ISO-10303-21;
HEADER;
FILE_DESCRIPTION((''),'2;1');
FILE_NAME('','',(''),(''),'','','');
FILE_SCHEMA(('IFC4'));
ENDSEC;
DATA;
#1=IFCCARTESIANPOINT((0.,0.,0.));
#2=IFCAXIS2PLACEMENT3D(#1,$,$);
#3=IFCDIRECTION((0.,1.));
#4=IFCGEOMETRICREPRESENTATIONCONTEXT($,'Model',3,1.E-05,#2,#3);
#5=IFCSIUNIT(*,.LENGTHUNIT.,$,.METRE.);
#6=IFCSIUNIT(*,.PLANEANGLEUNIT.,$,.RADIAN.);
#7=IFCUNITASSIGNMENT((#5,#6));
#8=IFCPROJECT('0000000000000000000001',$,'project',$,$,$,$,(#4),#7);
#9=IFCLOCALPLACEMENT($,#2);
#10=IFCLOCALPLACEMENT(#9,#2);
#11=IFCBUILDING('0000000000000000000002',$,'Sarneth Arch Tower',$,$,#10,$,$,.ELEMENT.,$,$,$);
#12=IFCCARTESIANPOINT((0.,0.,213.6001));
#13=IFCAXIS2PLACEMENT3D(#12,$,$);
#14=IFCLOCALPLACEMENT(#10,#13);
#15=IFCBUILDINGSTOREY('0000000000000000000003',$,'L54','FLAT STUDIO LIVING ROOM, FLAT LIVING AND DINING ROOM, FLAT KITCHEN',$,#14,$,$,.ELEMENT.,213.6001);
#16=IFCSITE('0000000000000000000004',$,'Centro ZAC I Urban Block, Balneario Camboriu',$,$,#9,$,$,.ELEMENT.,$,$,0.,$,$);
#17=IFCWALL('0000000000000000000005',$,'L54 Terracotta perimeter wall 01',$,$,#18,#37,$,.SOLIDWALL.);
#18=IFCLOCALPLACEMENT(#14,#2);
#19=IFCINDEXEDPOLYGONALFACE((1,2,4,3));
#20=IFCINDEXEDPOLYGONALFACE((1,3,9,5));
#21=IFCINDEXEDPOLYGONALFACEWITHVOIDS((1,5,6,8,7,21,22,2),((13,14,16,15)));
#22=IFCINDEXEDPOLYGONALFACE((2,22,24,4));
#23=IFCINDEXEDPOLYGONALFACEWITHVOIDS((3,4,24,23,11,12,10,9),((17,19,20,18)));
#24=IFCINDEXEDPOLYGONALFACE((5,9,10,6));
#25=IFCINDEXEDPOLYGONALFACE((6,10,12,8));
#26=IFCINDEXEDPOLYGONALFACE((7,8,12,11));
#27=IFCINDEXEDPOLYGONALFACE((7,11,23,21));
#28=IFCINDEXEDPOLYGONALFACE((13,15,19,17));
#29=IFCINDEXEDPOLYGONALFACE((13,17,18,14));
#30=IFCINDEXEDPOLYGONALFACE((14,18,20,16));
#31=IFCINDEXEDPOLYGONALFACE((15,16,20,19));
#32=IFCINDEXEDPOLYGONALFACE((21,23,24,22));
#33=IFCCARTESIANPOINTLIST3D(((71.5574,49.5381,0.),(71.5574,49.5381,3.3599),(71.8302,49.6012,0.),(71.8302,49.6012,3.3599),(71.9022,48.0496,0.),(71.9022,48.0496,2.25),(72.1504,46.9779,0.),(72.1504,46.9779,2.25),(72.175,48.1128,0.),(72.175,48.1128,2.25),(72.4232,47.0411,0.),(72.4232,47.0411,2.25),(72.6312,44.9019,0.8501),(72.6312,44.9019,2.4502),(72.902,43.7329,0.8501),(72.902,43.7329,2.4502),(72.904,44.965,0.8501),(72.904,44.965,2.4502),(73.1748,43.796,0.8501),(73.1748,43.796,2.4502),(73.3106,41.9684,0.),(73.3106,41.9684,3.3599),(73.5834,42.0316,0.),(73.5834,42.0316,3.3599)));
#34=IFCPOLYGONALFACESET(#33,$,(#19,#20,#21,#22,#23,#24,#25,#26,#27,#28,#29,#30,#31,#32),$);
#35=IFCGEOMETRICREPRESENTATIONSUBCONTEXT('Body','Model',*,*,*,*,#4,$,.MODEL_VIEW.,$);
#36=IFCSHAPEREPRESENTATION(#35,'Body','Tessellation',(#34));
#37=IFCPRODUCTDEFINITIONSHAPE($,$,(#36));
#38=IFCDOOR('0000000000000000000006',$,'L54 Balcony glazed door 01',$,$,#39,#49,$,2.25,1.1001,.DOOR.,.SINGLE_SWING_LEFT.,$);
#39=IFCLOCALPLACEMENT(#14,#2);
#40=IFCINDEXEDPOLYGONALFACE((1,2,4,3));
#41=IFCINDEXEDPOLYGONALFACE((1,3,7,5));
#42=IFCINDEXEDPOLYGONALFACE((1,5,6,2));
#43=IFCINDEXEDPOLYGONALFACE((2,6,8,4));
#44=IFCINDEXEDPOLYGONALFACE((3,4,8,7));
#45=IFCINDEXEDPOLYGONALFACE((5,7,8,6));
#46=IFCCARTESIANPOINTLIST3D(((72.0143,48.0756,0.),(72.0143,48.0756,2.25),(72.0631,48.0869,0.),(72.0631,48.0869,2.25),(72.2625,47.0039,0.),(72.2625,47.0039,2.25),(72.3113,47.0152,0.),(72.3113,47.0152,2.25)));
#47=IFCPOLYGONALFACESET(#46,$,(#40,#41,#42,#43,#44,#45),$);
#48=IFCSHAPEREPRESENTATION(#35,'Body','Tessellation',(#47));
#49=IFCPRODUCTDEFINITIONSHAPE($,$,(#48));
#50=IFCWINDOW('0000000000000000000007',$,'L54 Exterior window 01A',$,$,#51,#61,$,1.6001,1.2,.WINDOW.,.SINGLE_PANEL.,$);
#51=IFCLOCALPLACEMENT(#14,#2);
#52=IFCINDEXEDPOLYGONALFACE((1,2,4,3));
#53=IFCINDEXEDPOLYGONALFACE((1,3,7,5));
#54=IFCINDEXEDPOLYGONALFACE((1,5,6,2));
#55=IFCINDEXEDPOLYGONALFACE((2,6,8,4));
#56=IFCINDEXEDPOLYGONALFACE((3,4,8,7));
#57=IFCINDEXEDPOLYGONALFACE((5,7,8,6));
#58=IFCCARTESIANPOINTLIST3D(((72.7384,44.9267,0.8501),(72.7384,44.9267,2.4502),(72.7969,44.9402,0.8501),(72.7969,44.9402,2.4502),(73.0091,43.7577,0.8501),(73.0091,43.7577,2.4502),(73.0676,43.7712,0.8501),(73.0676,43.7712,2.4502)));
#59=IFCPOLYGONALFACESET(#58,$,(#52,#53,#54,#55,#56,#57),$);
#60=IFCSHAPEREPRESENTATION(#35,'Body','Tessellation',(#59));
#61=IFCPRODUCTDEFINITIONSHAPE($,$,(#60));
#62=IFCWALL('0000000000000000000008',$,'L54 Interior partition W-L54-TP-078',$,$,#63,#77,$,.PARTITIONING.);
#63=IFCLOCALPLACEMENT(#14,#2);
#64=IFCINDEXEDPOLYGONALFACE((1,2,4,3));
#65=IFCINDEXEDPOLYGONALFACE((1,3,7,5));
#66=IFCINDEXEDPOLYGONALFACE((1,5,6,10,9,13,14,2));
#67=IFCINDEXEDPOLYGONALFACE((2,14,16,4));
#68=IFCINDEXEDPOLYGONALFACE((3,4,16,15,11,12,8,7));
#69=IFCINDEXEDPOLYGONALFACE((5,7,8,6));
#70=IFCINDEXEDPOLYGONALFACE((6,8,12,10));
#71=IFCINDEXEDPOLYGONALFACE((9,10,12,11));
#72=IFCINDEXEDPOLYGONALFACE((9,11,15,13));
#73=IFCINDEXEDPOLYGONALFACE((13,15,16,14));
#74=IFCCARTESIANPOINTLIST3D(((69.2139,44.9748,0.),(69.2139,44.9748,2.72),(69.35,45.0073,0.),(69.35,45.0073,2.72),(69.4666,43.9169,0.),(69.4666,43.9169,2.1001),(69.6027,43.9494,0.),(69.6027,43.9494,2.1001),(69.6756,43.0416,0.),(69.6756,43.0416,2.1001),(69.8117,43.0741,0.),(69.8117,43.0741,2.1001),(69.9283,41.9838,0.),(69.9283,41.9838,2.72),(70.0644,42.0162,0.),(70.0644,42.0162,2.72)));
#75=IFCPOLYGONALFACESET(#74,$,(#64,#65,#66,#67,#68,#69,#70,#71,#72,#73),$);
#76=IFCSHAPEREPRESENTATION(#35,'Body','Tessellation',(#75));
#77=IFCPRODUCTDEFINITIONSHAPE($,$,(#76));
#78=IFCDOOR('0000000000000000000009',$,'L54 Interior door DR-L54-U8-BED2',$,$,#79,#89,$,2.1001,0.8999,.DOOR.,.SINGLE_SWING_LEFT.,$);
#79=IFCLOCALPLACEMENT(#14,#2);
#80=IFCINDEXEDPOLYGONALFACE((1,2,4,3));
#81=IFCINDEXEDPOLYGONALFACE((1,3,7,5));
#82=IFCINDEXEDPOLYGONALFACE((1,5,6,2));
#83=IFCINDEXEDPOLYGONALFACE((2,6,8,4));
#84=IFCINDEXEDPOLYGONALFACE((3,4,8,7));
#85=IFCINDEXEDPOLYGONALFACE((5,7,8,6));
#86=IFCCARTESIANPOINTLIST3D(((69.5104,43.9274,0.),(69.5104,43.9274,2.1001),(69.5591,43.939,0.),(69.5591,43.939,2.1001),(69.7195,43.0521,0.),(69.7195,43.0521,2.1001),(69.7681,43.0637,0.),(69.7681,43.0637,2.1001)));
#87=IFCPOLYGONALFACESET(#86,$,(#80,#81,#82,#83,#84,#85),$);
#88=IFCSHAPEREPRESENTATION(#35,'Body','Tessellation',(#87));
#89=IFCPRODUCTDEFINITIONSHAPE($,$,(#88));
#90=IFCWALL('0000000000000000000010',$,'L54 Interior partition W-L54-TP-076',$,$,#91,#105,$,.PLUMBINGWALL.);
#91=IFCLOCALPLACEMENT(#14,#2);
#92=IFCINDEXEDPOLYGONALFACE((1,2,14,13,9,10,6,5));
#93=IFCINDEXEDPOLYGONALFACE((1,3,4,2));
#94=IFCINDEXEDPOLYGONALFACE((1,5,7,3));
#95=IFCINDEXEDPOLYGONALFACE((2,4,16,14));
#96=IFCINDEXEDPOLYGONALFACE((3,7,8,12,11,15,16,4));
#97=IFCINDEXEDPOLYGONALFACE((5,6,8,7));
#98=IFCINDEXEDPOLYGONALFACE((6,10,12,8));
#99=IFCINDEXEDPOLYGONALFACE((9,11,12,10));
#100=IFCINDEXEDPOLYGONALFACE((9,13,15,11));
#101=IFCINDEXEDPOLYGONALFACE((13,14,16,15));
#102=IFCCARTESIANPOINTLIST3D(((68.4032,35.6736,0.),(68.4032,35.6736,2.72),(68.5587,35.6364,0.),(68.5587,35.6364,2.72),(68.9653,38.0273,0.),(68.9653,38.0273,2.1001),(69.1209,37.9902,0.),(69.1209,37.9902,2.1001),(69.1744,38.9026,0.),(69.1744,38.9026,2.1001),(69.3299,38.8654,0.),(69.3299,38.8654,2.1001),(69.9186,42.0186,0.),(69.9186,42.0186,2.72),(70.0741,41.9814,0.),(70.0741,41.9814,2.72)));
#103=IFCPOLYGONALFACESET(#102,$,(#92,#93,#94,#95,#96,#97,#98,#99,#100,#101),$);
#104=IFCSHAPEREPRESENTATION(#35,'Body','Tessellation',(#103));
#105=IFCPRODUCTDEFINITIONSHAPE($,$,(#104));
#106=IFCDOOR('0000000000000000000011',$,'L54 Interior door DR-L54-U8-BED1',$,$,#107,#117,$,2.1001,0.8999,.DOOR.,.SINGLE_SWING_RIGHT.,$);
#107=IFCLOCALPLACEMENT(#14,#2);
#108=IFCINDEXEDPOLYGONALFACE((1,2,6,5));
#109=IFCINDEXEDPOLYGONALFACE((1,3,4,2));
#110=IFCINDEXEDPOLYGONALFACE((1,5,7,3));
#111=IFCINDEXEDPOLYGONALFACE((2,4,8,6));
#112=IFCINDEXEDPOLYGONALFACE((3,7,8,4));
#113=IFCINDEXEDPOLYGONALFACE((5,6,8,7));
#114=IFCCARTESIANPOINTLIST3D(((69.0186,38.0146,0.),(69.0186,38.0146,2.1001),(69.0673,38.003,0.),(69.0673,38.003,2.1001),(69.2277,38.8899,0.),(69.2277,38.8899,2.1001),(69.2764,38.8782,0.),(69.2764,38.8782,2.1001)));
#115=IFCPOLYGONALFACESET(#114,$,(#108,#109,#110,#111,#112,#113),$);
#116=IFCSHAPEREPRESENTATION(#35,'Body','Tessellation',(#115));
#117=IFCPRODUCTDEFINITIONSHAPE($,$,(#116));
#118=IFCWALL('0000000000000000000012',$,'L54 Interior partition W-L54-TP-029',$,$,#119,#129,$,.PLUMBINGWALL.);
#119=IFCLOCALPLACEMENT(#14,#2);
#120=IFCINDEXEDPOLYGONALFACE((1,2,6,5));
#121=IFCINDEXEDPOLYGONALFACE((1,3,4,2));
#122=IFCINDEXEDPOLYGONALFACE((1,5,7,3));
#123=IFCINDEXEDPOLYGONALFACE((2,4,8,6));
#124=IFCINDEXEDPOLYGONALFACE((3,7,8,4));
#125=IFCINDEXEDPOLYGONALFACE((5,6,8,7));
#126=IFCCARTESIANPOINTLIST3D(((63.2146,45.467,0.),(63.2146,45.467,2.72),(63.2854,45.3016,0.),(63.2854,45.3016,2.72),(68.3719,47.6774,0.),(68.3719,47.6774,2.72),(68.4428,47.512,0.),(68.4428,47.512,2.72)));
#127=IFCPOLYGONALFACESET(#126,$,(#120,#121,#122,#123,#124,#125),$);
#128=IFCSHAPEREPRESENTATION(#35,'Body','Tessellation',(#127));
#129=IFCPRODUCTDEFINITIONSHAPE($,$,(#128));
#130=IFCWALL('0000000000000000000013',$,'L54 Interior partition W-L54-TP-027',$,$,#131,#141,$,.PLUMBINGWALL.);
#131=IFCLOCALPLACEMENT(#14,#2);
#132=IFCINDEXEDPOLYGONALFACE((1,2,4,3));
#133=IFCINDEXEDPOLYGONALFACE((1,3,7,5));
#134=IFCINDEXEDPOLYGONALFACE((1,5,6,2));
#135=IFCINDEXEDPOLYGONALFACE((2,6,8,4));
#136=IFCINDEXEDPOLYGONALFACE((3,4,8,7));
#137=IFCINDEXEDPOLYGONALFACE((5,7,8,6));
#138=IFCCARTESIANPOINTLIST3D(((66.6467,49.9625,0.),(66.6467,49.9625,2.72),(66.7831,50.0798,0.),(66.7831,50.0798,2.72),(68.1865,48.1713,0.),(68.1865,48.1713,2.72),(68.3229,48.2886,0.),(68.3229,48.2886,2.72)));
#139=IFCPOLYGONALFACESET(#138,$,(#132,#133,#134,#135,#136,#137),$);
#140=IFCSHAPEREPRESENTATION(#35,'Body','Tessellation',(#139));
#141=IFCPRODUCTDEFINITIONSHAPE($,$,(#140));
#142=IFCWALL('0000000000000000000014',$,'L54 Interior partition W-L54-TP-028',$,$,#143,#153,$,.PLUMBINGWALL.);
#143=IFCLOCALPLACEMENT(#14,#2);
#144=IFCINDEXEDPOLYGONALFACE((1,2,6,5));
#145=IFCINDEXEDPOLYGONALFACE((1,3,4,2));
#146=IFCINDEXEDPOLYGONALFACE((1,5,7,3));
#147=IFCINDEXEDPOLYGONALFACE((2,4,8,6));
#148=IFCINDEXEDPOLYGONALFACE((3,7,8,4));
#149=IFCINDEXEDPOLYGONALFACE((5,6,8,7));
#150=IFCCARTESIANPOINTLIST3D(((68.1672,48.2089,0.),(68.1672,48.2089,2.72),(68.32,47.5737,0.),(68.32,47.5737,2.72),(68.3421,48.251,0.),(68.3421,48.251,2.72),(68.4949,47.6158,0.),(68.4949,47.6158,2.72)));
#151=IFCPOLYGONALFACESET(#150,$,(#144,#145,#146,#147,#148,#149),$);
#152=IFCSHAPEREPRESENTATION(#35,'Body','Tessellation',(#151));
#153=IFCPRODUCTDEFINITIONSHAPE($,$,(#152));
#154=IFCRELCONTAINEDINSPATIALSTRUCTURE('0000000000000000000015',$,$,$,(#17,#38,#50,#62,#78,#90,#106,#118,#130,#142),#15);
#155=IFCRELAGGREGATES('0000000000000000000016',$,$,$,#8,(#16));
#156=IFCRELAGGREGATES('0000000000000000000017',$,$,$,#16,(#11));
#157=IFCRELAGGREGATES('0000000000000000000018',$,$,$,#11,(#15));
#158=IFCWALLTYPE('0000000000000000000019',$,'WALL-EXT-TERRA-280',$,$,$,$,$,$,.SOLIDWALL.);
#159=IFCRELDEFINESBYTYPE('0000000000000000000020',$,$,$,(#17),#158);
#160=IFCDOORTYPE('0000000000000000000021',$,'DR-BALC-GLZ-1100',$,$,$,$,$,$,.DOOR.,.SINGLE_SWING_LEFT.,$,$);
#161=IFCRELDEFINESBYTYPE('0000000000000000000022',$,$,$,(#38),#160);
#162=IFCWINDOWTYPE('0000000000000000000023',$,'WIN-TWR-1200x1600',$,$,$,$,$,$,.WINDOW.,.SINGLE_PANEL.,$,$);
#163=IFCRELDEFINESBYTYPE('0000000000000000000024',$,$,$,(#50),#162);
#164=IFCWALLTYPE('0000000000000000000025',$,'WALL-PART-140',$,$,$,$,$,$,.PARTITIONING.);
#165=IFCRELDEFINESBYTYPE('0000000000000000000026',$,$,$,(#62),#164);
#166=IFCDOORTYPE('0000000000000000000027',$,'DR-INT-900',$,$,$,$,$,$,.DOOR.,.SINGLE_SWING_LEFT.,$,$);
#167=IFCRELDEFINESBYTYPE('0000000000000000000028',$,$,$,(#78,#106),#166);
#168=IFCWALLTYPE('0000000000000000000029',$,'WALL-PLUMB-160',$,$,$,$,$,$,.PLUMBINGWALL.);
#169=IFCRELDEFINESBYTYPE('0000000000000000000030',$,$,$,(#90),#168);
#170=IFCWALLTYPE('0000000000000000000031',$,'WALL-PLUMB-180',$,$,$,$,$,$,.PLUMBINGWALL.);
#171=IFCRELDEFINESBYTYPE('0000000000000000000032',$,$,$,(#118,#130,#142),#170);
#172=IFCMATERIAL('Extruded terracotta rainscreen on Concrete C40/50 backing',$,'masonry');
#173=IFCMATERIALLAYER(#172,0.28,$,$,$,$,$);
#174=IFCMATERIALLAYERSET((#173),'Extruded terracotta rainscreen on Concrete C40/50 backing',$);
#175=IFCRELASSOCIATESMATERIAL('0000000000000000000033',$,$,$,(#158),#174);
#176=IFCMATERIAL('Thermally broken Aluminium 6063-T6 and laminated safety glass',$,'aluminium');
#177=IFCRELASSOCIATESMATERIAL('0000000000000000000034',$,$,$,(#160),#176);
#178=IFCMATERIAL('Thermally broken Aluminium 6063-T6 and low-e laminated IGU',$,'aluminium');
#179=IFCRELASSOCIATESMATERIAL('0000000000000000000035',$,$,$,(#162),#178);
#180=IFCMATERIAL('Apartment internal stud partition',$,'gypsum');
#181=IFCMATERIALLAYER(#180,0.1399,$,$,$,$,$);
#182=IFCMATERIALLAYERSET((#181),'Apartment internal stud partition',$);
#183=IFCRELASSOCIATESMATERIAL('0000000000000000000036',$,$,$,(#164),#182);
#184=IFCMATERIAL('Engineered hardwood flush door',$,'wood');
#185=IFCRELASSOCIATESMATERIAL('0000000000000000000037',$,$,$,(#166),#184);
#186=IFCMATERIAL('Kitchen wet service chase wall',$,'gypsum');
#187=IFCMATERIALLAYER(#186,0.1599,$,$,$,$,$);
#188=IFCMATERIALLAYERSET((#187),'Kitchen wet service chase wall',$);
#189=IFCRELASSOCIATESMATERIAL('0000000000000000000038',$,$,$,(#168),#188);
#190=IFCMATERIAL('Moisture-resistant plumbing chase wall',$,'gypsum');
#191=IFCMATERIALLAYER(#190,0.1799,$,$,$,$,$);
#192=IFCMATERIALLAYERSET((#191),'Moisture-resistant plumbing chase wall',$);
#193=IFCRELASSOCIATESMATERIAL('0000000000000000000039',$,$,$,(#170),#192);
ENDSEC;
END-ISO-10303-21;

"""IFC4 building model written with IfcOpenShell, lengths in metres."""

from ifc_helpers import new_model, si_unit, direction, frame, frame_2d, origin, place, context, subcontext, project, spatial, rectangle, extrude, material, layer, layer_set, type_object, element, fill, save


model = new_model("IFC4")

# Units and contexts
model_context = context("Model", 3, precision=1e-05, world=origin(), true_north=direction((0.0, 1.0)))
body_context = subcontext(model_context, "Body", "Model", "MODEL_VIEW")
ifc_project = project(units=[si_unit("LENGTHUNIT", "METRE"), si_unit("PLANEANGLEUNIT", "RADIAN")], contexts=[model_context])

# Site, building, storey
site_placement = place(None, origin())
site = spatial("IfcSite", under=ifc_project, at=site_placement, Name="Centro ZAC I Urban Block, Balneario Camboriu", CompositionType="ELEMENT", RefElevation=0.0)
building_placement = place(site_placement, origin())
building = spatial("IfcBuilding", under=site, at=building_placement, Name="Sarneth Arch Tower", CompositionType="ELEMENT")
storey_placement = place(building_placement, frame((0.0, 0.0, 213.6001)))
storey = spatial("IfcBuildingStorey", under=building, at=storey_placement, Name="L54", Description="FLAT STUDIO LIVING ROOM, FLAT LIVING AND DINING ROOM, FLAT KITCHEN", CompositionType="ELEMENT", Elevation=213.6001)

# Wall, openings, door, window
ifc_material_1 = material(Name="Extruded terracotta rainscreen on Concrete C40/50 backing", Category="masonry")
ifc_layer_1 = layer(ifc_material_1, 0.28)
ifc_layer_set_1 = layer_set([ifc_layer_1], Name="Extruded terracotta rainscreen on Concrete C40/50 backing")
wall_type_1 = type_object("IfcWallType", Name="WALL-EXT-TERRA-280", PredefinedType="SOLIDWALL", material=ifc_layer_set_1)
wall_1_placement = place(storey_placement, frame((73.447, 42.0, 0.0), z_axis=(0.0, 0.0, 1.0), x_axis=(-0.225635, 0.974212, 0.0)))
wall_1 = element("IfcWall", 1, at=wall_1_placement, inside=storey, type_object=wall_type_1, Name="L54 Terracotta perimeter wall 01", PredefinedType="SOLIDWALL", context=body_context, shape_type="SweptSolid", body=[
    extrude(rectangle(XDim=7.77, YDim=0.28, at=frame_2d((3.885, 0.0))), origin(), (0.0, 0.0, 1.0), 3.3599),
])
opening_1_placement = place(wall_1_placement, frame((1.811, 0.0, 0.8501)))
opening_1 = element("IfcOpeningElement", 2, at=opening_1_placement, cuts=wall_1, PredefinedType="OPENING", context=body_context, shape_type="SweptSolid", body=[
    extrude(rectangle(XDim=1.2, YDim=1.6001, at=frame_2d((0.6001, 0.8))), frame((0.0, 0.1499, 0.0), z_axis=(0.0, -1.0, 0.0), x_axis=(1.0, 0.0, 0.0)), (0.0, 0.0, 1.0), 0.3),
])
opening_2_placement = place(wall_1_placement, frame((5.1421, 0.0, 0.0)))
opening_2 = element("IfcOpeningElement", 3, at=opening_2_placement, cuts=wall_1, PredefinedType="OPENING", context=body_context, shape_type="SweptSolid", body=[
    extrude(rectangle(XDim=1.1001, YDim=2.25, at=frame_2d((0.55, 1.125))), frame((0.0, 0.1499, 0.0), z_axis=(0.0, -1.0, 0.0), x_axis=(1.0, 0.0, 0.0)), (0.0, 0.0, 1.0), 0.3),
])
ifc_material_2 = material(Name="Thermally broken Aluminium 6063-T6 and laminated safety glass", Category="aluminium")
door_type_1 = type_object("IfcDoorType", Name="DR-BALC-GLZ-1100", OperationType="SINGLE_SWING_LEFT", PredefinedType="DOOR", material=ifc_material_2)
door_1_placement = place(opening_2_placement, origin())
door_1 = element("IfcDoor", 4, at=door_1_placement, inside=storey, type_object=door_type_1, Name="L54 Balcony glazed door 01", OperationType="SINGLE_SWING_LEFT", OverallHeight=2.25, OverallWidth=1.1001, PredefinedType="DOOR", context=body_context, shape_type="SweptSolid", body=[
    extrude(rectangle(XDim=1.1001, YDim=2.25, at=frame_2d((0.55, 1.125))), frame((0.0, 0.0249, 0.0), z_axis=(0.0, -1.0, 0.0), x_axis=(1.0, 0.0, 0.0)), (0.0, 0.0, 1.0), 0.05),
])
fill(opening_2, door_1)
ifc_material_3 = material(Name="Thermally broken Aluminium 6063-T6 and low-e laminated IGU", Category="aluminium")
window_type = type_object("IfcWindowType", Name="WIN-TWR-1200x1600", PartitioningType="SINGLE_PANEL", PredefinedType="WINDOW", material=ifc_material_3)
window_placement = place(opening_1_placement, origin())
window = element("IfcWindow", 5, at=window_placement, inside=storey, type_object=window_type, Name="L54 Exterior window 01A", OverallHeight=1.6001, OverallWidth=1.2, PartitioningType="SINGLE_PANEL", PredefinedType="WINDOW", context=body_context, shape_type="SweptSolid", body=[
    extrude(rectangle(XDim=1.2, YDim=1.6001, at=frame_2d((0.6001, 0.8))), frame((0.0, 0.03, 0.0), z_axis=(0.0, -1.0, 0.0), x_axis=(1.0, 0.0, 0.0)), (0.0, 0.0, 1.0), 0.0601),
])
fill(opening_1, window)

# Walls, openings, doors
ifc_material_4 = material(Name="Apartment internal stud partition", Category="gypsum")
ifc_layer_2 = layer(ifc_material_4, 0.1399)
ifc_layer_set_2 = layer_set([ifc_layer_2], Name="Apartment internal stud partition")
wall_type_2 = type_object("IfcWallType", Name="WALL-PART-140", PredefinedType="PARTITIONING", material=ifc_layer_set_2)
wall_2_placement = place(storey_placement, frame((69.9963, 42.0, 0.0), z_axis=(0.0, 0.0, 1.0), x_axis=(-0.232304, 0.972643, 0.0)))
wall_2 = element("IfcWall", 6, at=wall_2_placement, inside=storey, type_object=wall_type_2, Name="L54 Interior partition W-L54-TP-078", PredefinedType="PARTITIONING", context=body_context, shape_type="SweptSolid", body=[
    extrude(rectangle(XDim=3.0752, YDim=0.1399, at=frame_2d((1.5376, 0.0))), origin(), (0.0, 0.0, 1.0), 2.72),
])
opening_3_placement = place(wall_2_placement, frame((1.0876, 0.0, 0.0)))
opening_3 = element("IfcOpeningElement", 7, at=opening_3_placement, cuts=wall_2, PredefinedType="OPENING", context=body_context, shape_type="SweptSolid", body=[
    extrude(rectangle(XDim=0.8999, YDim=2.1001, at=frame_2d((0.45, 1.05))), frame((0.0, 0.0798, 0.0), z_axis=(0.0, -1.0, 0.0), x_axis=(1.0, 0.0, 0.0)), (0.0, 0.0, 1.0), 0.1599),
])
ifc_material_5 = material(Name="Engineered hardwood flush door", Category="wood")
door_type_2 = type_object("IfcDoorType", Name="DR-INT-900", OperationType="SINGLE_SWING_LEFT", PredefinedType="DOOR", material=ifc_material_5)
door_2_placement = place(opening_3_placement, origin())
door_2 = element("IfcDoor", 8, at=door_2_placement, inside=storey, type_object=door_type_2, Name="L54 Interior door DR-L54-U8-BED2", OperationType="SINGLE_SWING_LEFT", OverallHeight=2.1001, OverallWidth=0.8999, PredefinedType="DOOR", context=body_context, shape_type="SweptSolid", body=[
    extrude(rectangle(XDim=0.8999, YDim=2.1001, at=frame_2d((0.45, 1.05))), frame((0.0, 0.0249, 0.0), z_axis=(0.0, -1.0, 0.0), x_axis=(1.0, 0.0, 0.0)), (0.0, 0.0, 1.0), 0.05),
])
fill(opening_3, door_2)
ifc_material_6 = material(Name="Kitchen wet service chase wall", Category="gypsum")
ifc_layer_3 = layer(ifc_material_6, 0.1599)
ifc_layer_set_3 = layer_set([ifc_layer_3], Name="Kitchen wet service chase wall")
wall_type_3 = type_object("IfcWallType", Name="WALL-PLUMB-160", PredefinedType="PLUMBINGWALL", material=ifc_layer_set_3)
wall_3_placement = place(storey_placement, frame((69.9963, 42.0, 0.0), z_axis=(0.0, 0.0, 1.0), x_axis=(-0.232298, -0.972645, 0.0)))
wall_3 = element("IfcWall", 9, at=wall_3_placement, inside=storey, type_object=wall_type_3, Name="L54 Interior partition W-L54-TP-076", PredefinedType="PLUMBINGWALL", context=body_context, shape_type="SweptSolid", body=[
    extrude(rectangle(XDim=6.5234, YDim=0.1599, at=frame_2d((3.2617, 0.0))), origin(), (0.0, 0.0, 1.0), 2.72),
])
opening_4_placement = place(wall_3_placement, frame((3.2036, 0.0, 0.0)))
opening_4 = element("IfcOpeningElement", 10, at=opening_4_placement, cuts=wall_3, PredefinedType="OPENING", context=body_context, shape_type="SweptSolid", body=[
    extrude(rectangle(XDim=0.8999, YDim=2.1001, at=frame_2d((0.45, 1.05))), frame((0.0, 0.0898, 0.0), z_axis=(0.0, -1.0, 0.0), x_axis=(1.0, 0.0, 0.0)), (0.0, 0.0, 1.0), 0.1799),
])
door_3_placement = place(opening_4_placement, origin())
door_3 = element("IfcDoor", 11, at=door_3_placement, inside=storey, type_object=door_type_2, Name="L54 Interior door DR-L54-U8-BED1", OperationType="SINGLE_SWING_RIGHT", OverallHeight=2.1001, OverallWidth=0.8999, PredefinedType="DOOR", context=body_context, shape_type="SweptSolid", body=[
    extrude(rectangle(XDim=0.8999, YDim=2.1001, at=frame_2d((0.45, 1.05))), frame((0.0, 0.0249, 0.0), z_axis=(0.0, -1.0, 0.0), x_axis=(1.0, 0.0, 0.0)), (0.0, 0.0, 1.0), 0.05),
])
fill(opening_4, door_3)

# Walls
ifc_material_7 = material(Name="Moisture-resistant plumbing chase wall", Category="gypsum")
ifc_layer_4 = layer(ifc_material_7, 0.1799)
ifc_layer_set_4 = layer_set([ifc_layer_4], Name="Moisture-resistant plumbing chase wall")
wall_type_4 = type_object("IfcWallType", Name="WALL-PLUMB-180", PredefinedType="PLUMBINGWALL", material=ifc_layer_set_4)
wall_4_placement = place(storey_placement, frame((68.4075, 47.5947, 0.0), z_axis=(0.0, 0.0, 1.0), x_axis=(-0.919138, -0.393935, 0.0)))
element("IfcWall", 12, at=wall_4_placement, inside=storey, type_object=wall_type_4, Name="L54 Interior partition W-L54-TP-029", PredefinedType="PLUMBINGWALL", context=body_context, shape_type="SweptSolid", body=[
    extrude(rectangle(XDim=5.6111, YDim=0.1799, at=frame_2d((2.8057, 0.0))), origin(), (0.0, 0.0, 1.0), 2.72),
])
wall_5_placement = place(storey_placement, frame((66.7148, 50.0212, 0.0), z_axis=(0.0, 0.0, 1.0), x_axis=(0.651872, -0.758329, 0.0)))
element("IfcWall", 13, at=wall_5_placement, inside=storey, type_object=wall_type_4, Name="L54 Interior partition W-L54-TP-027", PredefinedType="PLUMBINGWALL", context=body_context, shape_type="SweptSolid", body=[
    extrude(rectangle(XDim=2.3621, YDim=0.1799, at=frame_2d((1.1812, 0.0))), origin(), (0.0, 0.0, 1.0), 2.72),
])
wall_6_placement = place(storey_placement, frame((68.2546, 48.23, 0.0), z_axis=(0.0, 0.0, 1.0), x_axis=(0.23391, -0.972258, 0.0)))
element("IfcWall", 14, at=wall_6_placement, inside=storey, type_object=wall_type_4, Name="L54 Interior partition W-L54-TP-028", PredefinedType="PLUMBINGWALL", context=body_context, shape_type="SweptSolid", body=[
    extrude(rectangle(XDim=0.6533, YDim=0.1799, at=frame_2d((0.3267, 0.0))), origin(), (0.0, 0.0, 1.0), 2.72),
])

save(model, "model.ifc")
